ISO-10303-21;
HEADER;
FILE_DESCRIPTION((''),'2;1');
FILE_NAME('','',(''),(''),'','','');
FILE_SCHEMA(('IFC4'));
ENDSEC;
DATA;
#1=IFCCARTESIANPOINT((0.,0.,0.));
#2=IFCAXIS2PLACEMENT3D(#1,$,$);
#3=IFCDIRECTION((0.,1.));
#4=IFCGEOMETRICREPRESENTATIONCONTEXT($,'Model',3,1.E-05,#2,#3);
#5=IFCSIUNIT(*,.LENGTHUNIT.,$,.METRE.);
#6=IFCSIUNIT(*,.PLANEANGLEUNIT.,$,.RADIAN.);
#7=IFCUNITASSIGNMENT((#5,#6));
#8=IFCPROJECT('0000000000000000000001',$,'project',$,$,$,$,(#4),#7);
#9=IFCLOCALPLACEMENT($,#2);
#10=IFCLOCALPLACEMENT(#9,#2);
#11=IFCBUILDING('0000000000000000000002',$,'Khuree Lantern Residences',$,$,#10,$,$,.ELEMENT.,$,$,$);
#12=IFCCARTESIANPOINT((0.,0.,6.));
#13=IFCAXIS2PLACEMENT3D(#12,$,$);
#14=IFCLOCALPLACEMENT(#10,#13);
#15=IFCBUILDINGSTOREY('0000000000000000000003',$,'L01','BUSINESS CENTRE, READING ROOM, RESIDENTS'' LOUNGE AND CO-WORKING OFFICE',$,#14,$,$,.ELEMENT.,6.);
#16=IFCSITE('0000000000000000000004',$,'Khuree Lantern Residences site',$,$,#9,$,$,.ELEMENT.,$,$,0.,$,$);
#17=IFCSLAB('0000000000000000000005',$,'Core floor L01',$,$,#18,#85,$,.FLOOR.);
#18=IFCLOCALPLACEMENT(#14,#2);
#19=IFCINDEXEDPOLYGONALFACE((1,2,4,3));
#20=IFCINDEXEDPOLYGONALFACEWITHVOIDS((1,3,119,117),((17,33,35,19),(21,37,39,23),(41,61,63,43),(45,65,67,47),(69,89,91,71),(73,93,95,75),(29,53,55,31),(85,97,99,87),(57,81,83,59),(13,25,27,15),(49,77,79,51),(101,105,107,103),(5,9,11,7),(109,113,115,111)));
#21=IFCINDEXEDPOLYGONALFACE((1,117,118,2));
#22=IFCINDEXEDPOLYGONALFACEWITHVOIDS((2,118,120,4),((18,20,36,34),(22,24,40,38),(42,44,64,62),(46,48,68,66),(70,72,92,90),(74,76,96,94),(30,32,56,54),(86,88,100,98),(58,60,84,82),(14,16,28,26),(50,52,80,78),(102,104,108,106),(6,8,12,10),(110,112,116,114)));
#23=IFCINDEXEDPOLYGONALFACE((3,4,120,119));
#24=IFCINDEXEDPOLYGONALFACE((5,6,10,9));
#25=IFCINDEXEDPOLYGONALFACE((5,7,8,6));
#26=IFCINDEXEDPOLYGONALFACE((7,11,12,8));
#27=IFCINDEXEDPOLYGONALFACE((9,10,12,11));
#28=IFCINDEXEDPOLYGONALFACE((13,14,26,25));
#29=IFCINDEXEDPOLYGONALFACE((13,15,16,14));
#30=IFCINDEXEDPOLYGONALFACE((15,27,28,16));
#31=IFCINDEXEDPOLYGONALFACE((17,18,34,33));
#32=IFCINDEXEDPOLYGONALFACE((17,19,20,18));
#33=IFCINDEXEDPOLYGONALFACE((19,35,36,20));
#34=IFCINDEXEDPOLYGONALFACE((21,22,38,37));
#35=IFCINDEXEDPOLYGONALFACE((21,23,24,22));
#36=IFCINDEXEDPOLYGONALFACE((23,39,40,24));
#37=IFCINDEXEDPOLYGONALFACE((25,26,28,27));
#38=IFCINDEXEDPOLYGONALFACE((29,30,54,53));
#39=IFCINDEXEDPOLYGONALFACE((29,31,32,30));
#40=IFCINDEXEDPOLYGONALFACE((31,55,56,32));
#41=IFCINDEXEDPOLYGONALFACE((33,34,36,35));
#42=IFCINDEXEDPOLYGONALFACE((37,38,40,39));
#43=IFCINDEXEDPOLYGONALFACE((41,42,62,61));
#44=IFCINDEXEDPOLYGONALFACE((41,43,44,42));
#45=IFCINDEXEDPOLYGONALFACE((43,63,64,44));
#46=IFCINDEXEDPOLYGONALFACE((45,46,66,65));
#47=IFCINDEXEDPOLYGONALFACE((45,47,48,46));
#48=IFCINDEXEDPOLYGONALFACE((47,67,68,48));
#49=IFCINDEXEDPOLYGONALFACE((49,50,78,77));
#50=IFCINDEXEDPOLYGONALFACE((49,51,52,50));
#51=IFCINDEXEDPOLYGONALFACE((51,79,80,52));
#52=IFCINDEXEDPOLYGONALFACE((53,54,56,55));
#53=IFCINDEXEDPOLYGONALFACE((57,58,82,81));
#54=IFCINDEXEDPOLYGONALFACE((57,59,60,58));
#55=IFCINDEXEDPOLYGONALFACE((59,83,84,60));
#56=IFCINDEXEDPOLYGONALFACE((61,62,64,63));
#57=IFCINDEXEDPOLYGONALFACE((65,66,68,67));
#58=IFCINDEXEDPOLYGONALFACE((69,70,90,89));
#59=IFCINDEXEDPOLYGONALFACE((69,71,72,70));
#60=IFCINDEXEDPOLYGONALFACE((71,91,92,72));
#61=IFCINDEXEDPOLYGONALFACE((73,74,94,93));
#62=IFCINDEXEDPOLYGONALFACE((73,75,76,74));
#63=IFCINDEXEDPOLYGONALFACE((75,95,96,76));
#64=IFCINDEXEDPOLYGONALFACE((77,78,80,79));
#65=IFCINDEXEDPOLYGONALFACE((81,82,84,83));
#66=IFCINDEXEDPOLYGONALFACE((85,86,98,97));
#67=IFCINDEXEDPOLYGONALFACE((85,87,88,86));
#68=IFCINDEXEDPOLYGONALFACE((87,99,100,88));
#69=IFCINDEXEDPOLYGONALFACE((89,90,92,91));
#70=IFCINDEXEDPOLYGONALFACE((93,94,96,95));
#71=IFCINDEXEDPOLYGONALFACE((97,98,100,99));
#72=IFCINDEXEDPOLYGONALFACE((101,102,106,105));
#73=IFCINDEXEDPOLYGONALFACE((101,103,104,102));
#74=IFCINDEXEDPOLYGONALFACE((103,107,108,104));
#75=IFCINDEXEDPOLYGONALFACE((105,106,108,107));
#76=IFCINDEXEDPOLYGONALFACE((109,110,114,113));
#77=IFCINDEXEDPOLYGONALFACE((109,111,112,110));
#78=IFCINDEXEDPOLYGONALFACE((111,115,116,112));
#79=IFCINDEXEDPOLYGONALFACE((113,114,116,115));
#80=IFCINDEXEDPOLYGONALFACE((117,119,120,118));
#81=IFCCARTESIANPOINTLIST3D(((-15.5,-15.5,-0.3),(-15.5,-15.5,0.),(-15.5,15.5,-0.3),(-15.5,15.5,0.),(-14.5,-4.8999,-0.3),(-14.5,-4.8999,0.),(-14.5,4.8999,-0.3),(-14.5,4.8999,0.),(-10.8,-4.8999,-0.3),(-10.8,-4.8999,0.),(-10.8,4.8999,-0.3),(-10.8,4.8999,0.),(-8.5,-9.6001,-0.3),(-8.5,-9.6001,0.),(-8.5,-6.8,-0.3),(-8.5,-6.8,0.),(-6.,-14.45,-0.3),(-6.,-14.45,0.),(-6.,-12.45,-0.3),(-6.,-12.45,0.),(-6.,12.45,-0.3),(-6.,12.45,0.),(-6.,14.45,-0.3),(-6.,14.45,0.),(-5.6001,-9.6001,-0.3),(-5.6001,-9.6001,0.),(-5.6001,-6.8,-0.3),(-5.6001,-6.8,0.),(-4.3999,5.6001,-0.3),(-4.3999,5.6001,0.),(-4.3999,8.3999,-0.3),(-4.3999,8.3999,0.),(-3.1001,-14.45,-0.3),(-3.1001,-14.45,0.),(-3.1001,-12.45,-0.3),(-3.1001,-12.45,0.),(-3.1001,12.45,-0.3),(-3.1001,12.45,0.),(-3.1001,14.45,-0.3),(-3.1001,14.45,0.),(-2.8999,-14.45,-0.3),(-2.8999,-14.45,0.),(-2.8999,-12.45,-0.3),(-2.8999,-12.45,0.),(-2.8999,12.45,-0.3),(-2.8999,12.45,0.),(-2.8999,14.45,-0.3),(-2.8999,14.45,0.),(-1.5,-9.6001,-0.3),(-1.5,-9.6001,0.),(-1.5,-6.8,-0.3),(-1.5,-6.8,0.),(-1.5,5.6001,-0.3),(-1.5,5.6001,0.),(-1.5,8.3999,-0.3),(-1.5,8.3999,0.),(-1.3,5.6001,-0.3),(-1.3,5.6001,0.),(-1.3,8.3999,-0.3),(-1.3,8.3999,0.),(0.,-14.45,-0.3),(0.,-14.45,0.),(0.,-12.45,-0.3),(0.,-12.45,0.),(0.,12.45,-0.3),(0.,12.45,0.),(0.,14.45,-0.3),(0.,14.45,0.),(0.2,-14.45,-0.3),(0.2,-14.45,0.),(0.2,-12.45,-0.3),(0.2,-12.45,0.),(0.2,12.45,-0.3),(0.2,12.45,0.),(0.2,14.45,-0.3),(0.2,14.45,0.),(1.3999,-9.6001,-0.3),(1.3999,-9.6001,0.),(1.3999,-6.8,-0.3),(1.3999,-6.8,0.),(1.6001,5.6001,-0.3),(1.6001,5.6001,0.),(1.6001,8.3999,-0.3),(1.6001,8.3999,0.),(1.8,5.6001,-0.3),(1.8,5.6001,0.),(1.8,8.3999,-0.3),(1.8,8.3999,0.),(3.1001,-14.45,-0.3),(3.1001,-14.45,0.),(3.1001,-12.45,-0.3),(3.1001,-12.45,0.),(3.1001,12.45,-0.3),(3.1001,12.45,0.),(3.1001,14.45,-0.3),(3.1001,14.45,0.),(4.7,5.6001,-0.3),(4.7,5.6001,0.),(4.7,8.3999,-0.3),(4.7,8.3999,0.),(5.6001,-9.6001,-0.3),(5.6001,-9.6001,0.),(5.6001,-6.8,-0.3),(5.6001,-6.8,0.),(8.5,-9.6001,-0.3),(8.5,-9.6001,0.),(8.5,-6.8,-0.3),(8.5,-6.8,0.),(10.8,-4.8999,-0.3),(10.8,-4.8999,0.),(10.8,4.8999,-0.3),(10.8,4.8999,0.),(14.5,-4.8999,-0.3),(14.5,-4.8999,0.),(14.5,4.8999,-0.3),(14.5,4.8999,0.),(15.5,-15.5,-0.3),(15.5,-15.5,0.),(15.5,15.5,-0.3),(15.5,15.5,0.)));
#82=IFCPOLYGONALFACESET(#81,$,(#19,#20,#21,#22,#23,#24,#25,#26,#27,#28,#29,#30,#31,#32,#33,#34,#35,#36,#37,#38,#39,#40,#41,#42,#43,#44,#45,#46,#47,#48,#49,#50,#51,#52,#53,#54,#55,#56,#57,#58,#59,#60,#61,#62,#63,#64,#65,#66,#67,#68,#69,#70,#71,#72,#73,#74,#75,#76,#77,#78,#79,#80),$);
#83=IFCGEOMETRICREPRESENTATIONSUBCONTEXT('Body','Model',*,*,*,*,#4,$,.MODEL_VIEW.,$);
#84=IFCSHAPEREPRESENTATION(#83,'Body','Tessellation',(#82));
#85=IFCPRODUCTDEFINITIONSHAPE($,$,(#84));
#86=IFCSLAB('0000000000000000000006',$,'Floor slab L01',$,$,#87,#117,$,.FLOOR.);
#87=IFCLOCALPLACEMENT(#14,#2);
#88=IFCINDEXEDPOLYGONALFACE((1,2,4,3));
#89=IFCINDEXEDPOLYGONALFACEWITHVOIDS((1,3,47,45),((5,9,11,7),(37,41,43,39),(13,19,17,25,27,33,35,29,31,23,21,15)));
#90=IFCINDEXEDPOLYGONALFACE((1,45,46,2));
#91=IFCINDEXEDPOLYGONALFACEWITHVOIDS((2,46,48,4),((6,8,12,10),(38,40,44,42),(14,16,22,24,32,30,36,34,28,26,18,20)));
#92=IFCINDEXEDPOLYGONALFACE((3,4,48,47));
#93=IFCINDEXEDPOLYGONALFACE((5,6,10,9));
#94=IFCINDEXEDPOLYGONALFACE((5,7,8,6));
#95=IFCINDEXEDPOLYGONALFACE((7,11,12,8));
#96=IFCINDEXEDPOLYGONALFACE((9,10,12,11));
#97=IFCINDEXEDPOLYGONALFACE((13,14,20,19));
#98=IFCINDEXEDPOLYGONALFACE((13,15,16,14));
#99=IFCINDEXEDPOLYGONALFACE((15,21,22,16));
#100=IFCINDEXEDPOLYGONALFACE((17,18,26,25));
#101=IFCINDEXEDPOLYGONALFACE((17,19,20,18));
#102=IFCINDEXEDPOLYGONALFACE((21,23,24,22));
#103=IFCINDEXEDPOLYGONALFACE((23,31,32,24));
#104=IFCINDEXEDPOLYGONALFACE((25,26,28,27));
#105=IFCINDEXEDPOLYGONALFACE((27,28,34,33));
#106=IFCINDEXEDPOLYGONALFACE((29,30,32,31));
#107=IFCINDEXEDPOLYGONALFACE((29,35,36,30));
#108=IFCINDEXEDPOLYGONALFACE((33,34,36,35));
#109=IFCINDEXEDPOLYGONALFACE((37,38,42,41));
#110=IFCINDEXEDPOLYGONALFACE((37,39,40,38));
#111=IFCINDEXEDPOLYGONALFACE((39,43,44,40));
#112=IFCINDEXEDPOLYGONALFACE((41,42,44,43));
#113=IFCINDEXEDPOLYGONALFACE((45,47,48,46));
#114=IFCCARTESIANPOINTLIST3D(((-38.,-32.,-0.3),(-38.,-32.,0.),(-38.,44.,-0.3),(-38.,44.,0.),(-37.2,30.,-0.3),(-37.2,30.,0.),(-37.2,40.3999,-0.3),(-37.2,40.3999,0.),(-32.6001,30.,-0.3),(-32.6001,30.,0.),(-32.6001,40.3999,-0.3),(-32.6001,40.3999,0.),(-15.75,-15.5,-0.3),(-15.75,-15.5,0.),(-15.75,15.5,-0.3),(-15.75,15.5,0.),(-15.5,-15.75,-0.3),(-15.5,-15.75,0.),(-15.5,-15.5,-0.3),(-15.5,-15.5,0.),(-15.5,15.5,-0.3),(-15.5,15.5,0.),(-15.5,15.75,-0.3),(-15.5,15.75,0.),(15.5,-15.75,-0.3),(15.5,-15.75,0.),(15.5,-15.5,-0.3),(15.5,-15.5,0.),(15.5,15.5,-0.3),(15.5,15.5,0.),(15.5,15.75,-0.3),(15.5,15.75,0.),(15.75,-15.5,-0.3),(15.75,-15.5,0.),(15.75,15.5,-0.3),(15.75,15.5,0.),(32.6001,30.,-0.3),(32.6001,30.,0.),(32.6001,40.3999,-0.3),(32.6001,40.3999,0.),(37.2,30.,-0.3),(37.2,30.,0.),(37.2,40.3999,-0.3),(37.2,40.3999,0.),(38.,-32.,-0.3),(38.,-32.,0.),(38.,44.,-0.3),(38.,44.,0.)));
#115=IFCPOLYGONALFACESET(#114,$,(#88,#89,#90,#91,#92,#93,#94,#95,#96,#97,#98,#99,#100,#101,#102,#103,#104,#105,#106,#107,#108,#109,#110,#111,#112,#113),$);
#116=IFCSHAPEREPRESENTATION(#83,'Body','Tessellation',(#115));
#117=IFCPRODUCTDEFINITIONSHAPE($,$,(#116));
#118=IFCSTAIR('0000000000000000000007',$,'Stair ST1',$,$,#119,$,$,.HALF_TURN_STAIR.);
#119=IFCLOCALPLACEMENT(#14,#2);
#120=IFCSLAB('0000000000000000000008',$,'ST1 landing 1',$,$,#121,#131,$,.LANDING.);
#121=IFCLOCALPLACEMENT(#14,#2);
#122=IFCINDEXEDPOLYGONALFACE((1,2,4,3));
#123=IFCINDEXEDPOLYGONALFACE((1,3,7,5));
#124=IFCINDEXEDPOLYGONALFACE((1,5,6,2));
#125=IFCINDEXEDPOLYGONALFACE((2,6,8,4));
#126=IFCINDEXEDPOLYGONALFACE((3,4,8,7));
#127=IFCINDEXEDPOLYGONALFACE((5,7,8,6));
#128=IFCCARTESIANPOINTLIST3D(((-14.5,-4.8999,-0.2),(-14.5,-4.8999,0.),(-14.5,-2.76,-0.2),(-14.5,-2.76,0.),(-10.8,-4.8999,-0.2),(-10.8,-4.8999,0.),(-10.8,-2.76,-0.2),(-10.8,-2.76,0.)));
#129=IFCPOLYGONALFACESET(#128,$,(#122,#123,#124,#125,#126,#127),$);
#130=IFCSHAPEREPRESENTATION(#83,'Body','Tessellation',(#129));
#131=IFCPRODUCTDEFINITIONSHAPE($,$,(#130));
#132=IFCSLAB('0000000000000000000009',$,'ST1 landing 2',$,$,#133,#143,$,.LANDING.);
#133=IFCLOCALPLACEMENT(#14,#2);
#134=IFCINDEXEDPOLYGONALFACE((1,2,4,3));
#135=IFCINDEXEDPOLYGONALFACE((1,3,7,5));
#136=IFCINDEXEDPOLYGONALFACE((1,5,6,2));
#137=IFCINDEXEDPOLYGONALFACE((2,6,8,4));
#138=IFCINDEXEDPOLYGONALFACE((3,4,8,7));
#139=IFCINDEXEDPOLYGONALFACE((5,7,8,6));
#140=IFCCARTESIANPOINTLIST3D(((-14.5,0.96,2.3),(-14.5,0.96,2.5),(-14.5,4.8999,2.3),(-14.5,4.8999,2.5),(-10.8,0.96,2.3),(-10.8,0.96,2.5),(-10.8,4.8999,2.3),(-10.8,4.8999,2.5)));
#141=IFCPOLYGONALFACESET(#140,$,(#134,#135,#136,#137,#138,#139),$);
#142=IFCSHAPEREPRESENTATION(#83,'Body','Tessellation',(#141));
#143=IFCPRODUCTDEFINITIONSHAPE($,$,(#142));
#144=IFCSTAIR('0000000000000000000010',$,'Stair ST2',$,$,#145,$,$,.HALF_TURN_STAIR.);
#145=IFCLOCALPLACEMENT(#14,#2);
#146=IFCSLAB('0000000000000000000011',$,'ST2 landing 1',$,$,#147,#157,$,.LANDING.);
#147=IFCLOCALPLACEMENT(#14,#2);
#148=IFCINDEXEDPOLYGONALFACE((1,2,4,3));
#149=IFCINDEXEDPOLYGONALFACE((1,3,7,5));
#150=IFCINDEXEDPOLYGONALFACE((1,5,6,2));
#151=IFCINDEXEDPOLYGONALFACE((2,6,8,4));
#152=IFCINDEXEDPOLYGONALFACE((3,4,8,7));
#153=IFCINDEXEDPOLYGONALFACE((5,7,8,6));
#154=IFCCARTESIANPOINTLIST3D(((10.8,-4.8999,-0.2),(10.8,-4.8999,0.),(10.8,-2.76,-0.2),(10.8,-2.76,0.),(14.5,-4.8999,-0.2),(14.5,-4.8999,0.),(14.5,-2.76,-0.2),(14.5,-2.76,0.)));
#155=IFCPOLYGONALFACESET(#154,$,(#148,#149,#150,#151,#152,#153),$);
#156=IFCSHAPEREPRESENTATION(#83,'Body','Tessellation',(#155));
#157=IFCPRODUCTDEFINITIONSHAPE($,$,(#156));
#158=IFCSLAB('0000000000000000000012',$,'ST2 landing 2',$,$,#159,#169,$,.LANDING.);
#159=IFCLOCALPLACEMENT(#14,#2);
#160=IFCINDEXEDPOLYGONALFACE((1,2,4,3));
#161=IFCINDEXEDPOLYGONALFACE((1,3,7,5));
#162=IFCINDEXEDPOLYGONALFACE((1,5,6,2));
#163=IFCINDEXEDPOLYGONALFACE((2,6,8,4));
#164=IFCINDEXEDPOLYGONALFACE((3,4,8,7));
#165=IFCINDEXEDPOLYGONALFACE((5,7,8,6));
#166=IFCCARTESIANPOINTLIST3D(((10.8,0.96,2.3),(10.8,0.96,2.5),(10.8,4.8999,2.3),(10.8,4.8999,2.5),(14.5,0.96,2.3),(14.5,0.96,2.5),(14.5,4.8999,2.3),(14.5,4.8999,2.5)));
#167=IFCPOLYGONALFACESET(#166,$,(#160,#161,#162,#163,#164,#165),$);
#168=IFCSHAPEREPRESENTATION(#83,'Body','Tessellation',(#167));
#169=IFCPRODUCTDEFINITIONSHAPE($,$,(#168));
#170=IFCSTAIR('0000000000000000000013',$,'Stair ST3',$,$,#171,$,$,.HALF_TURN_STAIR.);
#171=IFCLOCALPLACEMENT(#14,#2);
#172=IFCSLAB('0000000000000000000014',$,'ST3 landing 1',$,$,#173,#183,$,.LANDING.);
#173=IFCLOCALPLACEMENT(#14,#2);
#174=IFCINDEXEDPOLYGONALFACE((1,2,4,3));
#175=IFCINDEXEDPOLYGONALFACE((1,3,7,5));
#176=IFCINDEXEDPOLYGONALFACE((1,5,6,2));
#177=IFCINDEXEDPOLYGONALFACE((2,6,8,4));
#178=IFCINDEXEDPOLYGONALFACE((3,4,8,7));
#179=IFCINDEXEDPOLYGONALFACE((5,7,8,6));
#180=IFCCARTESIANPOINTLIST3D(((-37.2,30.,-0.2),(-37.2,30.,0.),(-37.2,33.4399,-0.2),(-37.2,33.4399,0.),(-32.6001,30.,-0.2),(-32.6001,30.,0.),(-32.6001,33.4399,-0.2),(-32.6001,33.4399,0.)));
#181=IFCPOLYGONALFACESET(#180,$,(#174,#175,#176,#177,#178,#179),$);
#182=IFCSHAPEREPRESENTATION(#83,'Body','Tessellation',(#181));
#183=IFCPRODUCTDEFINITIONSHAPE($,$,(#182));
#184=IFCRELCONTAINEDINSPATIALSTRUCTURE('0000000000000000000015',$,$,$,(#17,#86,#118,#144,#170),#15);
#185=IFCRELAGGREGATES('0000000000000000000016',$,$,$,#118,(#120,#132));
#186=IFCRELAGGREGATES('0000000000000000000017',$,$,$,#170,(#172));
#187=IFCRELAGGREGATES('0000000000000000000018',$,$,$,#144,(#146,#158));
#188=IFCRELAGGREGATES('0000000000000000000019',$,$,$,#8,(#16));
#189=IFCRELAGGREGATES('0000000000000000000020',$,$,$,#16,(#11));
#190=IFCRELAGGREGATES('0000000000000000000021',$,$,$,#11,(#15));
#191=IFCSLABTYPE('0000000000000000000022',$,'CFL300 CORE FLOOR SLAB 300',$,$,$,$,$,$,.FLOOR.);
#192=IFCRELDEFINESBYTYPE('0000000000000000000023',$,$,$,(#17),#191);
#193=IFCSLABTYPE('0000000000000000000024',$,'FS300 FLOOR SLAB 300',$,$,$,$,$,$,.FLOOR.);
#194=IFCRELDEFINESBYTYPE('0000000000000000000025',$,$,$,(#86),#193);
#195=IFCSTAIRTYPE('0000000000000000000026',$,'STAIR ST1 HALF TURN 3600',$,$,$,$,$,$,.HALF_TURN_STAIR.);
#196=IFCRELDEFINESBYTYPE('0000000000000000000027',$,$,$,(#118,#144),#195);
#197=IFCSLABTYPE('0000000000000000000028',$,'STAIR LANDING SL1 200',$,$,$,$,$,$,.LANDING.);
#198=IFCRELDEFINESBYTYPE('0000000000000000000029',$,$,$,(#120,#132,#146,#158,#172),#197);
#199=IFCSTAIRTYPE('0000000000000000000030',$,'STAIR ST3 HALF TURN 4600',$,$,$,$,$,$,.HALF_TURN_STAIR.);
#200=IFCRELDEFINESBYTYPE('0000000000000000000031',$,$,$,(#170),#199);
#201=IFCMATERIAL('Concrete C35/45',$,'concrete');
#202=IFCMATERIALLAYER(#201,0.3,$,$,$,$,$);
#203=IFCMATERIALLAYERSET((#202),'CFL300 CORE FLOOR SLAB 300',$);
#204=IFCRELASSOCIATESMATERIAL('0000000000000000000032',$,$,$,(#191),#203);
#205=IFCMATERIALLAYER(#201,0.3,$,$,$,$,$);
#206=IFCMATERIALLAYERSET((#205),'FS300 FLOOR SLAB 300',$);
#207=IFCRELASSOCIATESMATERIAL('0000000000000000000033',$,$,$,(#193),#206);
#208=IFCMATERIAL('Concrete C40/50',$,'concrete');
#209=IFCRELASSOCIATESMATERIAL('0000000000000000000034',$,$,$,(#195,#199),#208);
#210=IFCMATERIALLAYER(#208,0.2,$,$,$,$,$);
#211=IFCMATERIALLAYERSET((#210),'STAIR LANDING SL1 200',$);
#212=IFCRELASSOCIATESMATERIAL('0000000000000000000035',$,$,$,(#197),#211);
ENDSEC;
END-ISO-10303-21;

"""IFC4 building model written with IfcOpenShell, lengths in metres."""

from ifc_helpers import new_model, si_unit, direction, frame, origin, place, context, subcontext, project, spatial, polyline, outline, extrude, material, layer, layer_set, type_object, element, aggregate, save


model = new_model("IFC4")

# Units and contexts
model_context = context("Model", 3, precision=1e-05, world=origin(), true_north=direction((0.0, 1.0)))
body_context = subcontext(model_context, "Body", "Model", "MODEL_VIEW")
ifc_project = project(units=[si_unit("LENGTHUNIT", "METRE"), si_unit("PLANEANGLEUNIT", "RADIAN")], contexts=[model_context])

# Site, building, storey
site_placement = place(None, origin())
site = spatial("IfcSite", under=ifc_project, at=site_placement, Name="Khuree Lantern Residences site", CompositionType="ELEMENT", RefElevation=0.0)
building_placement = place(site_placement, origin())
building = spatial("IfcBuilding", under=site, at=building_placement, Name="Khuree Lantern Residences", CompositionType="ELEMENT")
storey_placement = place(building_placement, frame((0.0, 0.0, 6.0)))
storey = spatial("IfcBuildingStorey", under=building, at=storey_placement, Name="L01", Description="BUSINESS CENTRE, READING ROOM, RESIDENTS' LOUNGE AND CO-WORKING OFFICE", CompositionType="ELEMENT", Elevation=6.0)

# Slabs
ifc_material_1 = material(Name="Concrete C35/45", Category="concrete")
ifc_layer_1 = layer(ifc_material_1, 0.3)
ifc_layer_set_1 = layer_set([ifc_layer_1], Name="CFL300 CORE FLOOR SLAB 300")
slab_type_1 = type_object("IfcSlabType", Name="CFL300 CORE FLOOR SLAB 300", PredefinedType="FLOOR", material=ifc_layer_set_1)
slab_1_placement = place(storey_placement, frame((0.0, 0.0, -0.3)))
element("IfcSlab", 1, at=slab_1_placement, inside=storey, type_object=slab_type_1, Name="Core floor L01", PredefinedType="FLOOR", context=body_context, shape_type="SweptSolid", body=[
    extrude(outline(polyline([(-15.5, -15.5), (-15.5, 15.5), (15.5, 15.5), (15.5, -15.5), (-15.5, -15.5)]), holes=[polyline([(14.5, 4.8999), (10.8, 4.8999), (10.8, -4.8999), (14.5, -4.8999), (14.5, 4.8999)]), polyline([(8.5, -6.8), (5.6001, -6.8), (5.6001, -9.6001), (8.5, -9.6001), (8.5, -6.8)]), polyline([(4.7, 8.3999), (1.8, 8.3999), (1.8, 5.6001), (4.7, 5.6001), (4.7, 8.3999)]), polyline([(3.1001, -12.45), (0.2, -12.45), (0.2, -14.45), (3.1001, -14.45), (3.1001, -12.45)]), polyline([(3.1001, 14.45), (0.2, 14.45), (0.2, 12.45), (3.1001, 12.45), (3.1001, 14.45)]), polyline([(1.6001, 8.3999), (-1.3, 8.3999), (-1.3, 5.6001), (1.6001, 5.6001), (1.6001, 8.3999)]), polyline([(1.3999, -6.8), (-1.5, -6.8), (-1.5, -9.6001), (1.3999, -9.6001), (1.3999, -6.8)]), polyline([(0.0, -12.45), (-2.8999, -12.45), (-2.8999, -14.45), (0.0, -14.45), (0.0, -12.45)]), polyline([(0.0, 14.45), (-2.8999, 14.45), (-2.8999, 12.45), (0.0, 12.45), (0.0, 14.45)]), polyline([(-1.5, 8.3999), (-4.3999, 8.3999), (-4.3999, 5.6001), (-1.5, 5.6001), (-1.5, 8.3999)]), polyline([(-3.1001, -12.45), (-6.0, -12.45), (-6.0, -14.45), (-3.1001, -14.45), (-3.1001, -12.45)]), polyline([(-3.1001, 14.45), (-6.0, 14.45), (-6.0, 12.45), (-3.1001, 12.45), (-3.1001, 14.45)]), polyline([(-5.6001, -6.8), (-8.5, -6.8), (-8.5, -9.6001), (-5.6001, -9.6001), (-5.6001, -6.8)]), polyline([(-10.8, 4.8999), (-14.5, 4.8999), (-14.5, -4.8999), (-10.8, -4.8999), (-10.8, 4.8999)])]), origin(), (0.0, 0.0, 1.0), 0.3),
])
ifc_layer_2 = layer(ifc_material_1, 0.3)
ifc_layer_set_2 = layer_set([ifc_layer_2], Name="FS300 FLOOR SLAB 300")
slab_type_2 = type_object("IfcSlabType", Name="FS300 FLOOR SLAB 300", PredefinedType="FLOOR", material=ifc_layer_set_2)
slab_2_placement = place(storey_placement, frame((0.0, 0.0, -0.3)))
element("IfcSlab", 2, at=slab_2_placement, inside=storey, type_object=slab_type_2, Name="Floor slab L01", PredefinedType="FLOOR", context=body_context, shape_type="SweptSolid", body=[
    extrude(outline(polyline([(-38.0, 44.0), (38.0, 44.0), (38.0, -32.0), (-38.0, -32.0), (-38.0, 44.0)]), holes=[polyline([(37.2, 40.3999), (32.6001, 40.3999), (32.6001, 30.0), (37.2, 30.0), (37.2, 40.3999)]), polyline([(15.75, 15.5), (15.5, 15.5), (15.5, 15.75), (-15.5, 15.75), (-15.5, 15.5), (-15.75, 15.5), (-15.75, -15.5), (-15.5, -15.5), (-15.5, -15.75), (15.5, -15.75), (15.5, -15.5), (15.75, -15.5), (15.75, 15.5)]), polyline([(-32.6001, 40.3999), (-37.2, 40.3999), (-37.2, 30.0), (-32.6001, 30.0), (-32.6001, 40.3999)])]), origin(), (0.0, 0.0, 1.0), 0.3),
])

# Stairs, slabs
ifc_material_2 = material(Name="Concrete C40/50", Category="concrete")
stair_type_1 = type_object("IfcStairType", Name="STAIR ST1 HALF TURN 3600", PredefinedType="HALF_TURN_STAIR", material=ifc_material_2)
stair_1_placement = place(storey_placement, origin())
stair_1 = element("IfcStair", 3, at=stair_1_placement, inside=storey, type_object=stair_type_1, Name="Stair ST1", PredefinedType="HALF_TURN_STAIR")
ifc_layer_3 = layer(ifc_material_2, 0.2)
ifc_layer_set_3 = layer_set([ifc_layer_3], Name="STAIR LANDING SL1 200")
slab_type_3 = type_object("IfcSlabType", Name="STAIR LANDING SL1 200", PredefinedType="LANDING", material=ifc_layer_set_3)
slab_3_placement = place(storey_placement, frame((0.0, 0.0, -0.2)))
slab_3 = element("IfcSlab", 4, at=slab_3_placement, type_object=slab_type_3, Name="ST1 landing 1", PredefinedType="LANDING", context=body_context, shape_type="SweptSolid", body=[
    extrude(outline(polyline([(-14.5, -4.8999), (-10.8, -4.8999), (-10.8, -2.76), (-14.5, -2.76), (-14.5, -4.8999)])), origin(), (0.0, 0.0, 1.0), 0.2),
])
slab_4_placement = place(storey_placement, frame((0.0, 0.0, 2.3)))
slab_4 = element("IfcSlab", 5, at=slab_4_placement, type_object=slab_type_3, Name="ST1 landing 2", PredefinedType="LANDING", context=body_context, shape_type="SweptSolid", body=[
    extrude(outline(polyline([(-14.5, 0.96), (-14.5, 4.8999), (-10.8, 4.8999), (-10.8, 0.96), (-14.5, 0.96)])), origin(), (0.0, 0.0, 1.0), 0.2),
])
aggregate(stair_1, [slab_3, slab_4])
stair_2_placement = place(storey_placement, origin())
stair_2 = element("IfcStair", 6, at=stair_2_placement, inside=storey, type_object=stair_type_1, Name="Stair ST2", PredefinedType="HALF_TURN_STAIR")
slab_5_placement = place(storey_placement, frame((0.0, 0.0, -0.2)))
slab_5 = element("IfcSlab", 7, at=slab_5_placement, type_object=slab_type_3, Name="ST2 landing 1", PredefinedType="LANDING", context=body_context, shape_type="SweptSolid", body=[
    extrude(outline(polyline([(10.8, -4.8999), (14.5, -4.8999), (14.5, -2.76), (10.8, -2.76), (10.8, -4.8999)])), origin(), (0.0, 0.0, 1.0), 0.2),
])
slab_6_placement = place(storey_placement, frame((0.0, 0.0, 2.3)))
slab_6 = element("IfcSlab", 8, at=slab_6_placement, type_object=slab_type_3, Name="ST2 landing 2", PredefinedType="LANDING", context=body_context, shape_type="SweptSolid", body=[
    extrude(outline(polyline([(14.5, 4.8999), (14.5, 0.96), (10.8, 0.96), (10.8, 4.8999), (14.5, 4.8999)])), origin(), (0.0, 0.0, 1.0), 0.2),
])
stair_type_2 = type_object("IfcStairType", Name="STAIR ST3 HALF TURN 4600", PredefinedType="HALF_TURN_STAIR", material=ifc_material_2)
stair_3_placement = place(storey_placement, origin())
stair_3 = element("IfcStair", 9, at=stair_3_placement, inside=storey, type_object=stair_type_2, Name="Stair ST3", PredefinedType="HALF_TURN_STAIR")
slab_7_placement = place(storey_placement, frame((0.0, 0.0, -0.2)))
slab_7 = element("IfcSlab", 10, at=slab_7_placement, type_object=slab_type_3, Name="ST3 landing 1", PredefinedType="LANDING", context=body_context, shape_type="SweptSolid", body=[
    extrude(outline(polyline([(-37.2, 30.0), (-32.6001, 30.0), (-32.6001, 33.4399), (-37.2, 33.4399), (-37.2, 30.0)])), origin(), (0.0, 0.0, 1.0), 0.2),
])
aggregate(stair_3, [slab_7])

aggregate(stair_2, [slab_5, slab_6])

save(model, "model.ifc")
